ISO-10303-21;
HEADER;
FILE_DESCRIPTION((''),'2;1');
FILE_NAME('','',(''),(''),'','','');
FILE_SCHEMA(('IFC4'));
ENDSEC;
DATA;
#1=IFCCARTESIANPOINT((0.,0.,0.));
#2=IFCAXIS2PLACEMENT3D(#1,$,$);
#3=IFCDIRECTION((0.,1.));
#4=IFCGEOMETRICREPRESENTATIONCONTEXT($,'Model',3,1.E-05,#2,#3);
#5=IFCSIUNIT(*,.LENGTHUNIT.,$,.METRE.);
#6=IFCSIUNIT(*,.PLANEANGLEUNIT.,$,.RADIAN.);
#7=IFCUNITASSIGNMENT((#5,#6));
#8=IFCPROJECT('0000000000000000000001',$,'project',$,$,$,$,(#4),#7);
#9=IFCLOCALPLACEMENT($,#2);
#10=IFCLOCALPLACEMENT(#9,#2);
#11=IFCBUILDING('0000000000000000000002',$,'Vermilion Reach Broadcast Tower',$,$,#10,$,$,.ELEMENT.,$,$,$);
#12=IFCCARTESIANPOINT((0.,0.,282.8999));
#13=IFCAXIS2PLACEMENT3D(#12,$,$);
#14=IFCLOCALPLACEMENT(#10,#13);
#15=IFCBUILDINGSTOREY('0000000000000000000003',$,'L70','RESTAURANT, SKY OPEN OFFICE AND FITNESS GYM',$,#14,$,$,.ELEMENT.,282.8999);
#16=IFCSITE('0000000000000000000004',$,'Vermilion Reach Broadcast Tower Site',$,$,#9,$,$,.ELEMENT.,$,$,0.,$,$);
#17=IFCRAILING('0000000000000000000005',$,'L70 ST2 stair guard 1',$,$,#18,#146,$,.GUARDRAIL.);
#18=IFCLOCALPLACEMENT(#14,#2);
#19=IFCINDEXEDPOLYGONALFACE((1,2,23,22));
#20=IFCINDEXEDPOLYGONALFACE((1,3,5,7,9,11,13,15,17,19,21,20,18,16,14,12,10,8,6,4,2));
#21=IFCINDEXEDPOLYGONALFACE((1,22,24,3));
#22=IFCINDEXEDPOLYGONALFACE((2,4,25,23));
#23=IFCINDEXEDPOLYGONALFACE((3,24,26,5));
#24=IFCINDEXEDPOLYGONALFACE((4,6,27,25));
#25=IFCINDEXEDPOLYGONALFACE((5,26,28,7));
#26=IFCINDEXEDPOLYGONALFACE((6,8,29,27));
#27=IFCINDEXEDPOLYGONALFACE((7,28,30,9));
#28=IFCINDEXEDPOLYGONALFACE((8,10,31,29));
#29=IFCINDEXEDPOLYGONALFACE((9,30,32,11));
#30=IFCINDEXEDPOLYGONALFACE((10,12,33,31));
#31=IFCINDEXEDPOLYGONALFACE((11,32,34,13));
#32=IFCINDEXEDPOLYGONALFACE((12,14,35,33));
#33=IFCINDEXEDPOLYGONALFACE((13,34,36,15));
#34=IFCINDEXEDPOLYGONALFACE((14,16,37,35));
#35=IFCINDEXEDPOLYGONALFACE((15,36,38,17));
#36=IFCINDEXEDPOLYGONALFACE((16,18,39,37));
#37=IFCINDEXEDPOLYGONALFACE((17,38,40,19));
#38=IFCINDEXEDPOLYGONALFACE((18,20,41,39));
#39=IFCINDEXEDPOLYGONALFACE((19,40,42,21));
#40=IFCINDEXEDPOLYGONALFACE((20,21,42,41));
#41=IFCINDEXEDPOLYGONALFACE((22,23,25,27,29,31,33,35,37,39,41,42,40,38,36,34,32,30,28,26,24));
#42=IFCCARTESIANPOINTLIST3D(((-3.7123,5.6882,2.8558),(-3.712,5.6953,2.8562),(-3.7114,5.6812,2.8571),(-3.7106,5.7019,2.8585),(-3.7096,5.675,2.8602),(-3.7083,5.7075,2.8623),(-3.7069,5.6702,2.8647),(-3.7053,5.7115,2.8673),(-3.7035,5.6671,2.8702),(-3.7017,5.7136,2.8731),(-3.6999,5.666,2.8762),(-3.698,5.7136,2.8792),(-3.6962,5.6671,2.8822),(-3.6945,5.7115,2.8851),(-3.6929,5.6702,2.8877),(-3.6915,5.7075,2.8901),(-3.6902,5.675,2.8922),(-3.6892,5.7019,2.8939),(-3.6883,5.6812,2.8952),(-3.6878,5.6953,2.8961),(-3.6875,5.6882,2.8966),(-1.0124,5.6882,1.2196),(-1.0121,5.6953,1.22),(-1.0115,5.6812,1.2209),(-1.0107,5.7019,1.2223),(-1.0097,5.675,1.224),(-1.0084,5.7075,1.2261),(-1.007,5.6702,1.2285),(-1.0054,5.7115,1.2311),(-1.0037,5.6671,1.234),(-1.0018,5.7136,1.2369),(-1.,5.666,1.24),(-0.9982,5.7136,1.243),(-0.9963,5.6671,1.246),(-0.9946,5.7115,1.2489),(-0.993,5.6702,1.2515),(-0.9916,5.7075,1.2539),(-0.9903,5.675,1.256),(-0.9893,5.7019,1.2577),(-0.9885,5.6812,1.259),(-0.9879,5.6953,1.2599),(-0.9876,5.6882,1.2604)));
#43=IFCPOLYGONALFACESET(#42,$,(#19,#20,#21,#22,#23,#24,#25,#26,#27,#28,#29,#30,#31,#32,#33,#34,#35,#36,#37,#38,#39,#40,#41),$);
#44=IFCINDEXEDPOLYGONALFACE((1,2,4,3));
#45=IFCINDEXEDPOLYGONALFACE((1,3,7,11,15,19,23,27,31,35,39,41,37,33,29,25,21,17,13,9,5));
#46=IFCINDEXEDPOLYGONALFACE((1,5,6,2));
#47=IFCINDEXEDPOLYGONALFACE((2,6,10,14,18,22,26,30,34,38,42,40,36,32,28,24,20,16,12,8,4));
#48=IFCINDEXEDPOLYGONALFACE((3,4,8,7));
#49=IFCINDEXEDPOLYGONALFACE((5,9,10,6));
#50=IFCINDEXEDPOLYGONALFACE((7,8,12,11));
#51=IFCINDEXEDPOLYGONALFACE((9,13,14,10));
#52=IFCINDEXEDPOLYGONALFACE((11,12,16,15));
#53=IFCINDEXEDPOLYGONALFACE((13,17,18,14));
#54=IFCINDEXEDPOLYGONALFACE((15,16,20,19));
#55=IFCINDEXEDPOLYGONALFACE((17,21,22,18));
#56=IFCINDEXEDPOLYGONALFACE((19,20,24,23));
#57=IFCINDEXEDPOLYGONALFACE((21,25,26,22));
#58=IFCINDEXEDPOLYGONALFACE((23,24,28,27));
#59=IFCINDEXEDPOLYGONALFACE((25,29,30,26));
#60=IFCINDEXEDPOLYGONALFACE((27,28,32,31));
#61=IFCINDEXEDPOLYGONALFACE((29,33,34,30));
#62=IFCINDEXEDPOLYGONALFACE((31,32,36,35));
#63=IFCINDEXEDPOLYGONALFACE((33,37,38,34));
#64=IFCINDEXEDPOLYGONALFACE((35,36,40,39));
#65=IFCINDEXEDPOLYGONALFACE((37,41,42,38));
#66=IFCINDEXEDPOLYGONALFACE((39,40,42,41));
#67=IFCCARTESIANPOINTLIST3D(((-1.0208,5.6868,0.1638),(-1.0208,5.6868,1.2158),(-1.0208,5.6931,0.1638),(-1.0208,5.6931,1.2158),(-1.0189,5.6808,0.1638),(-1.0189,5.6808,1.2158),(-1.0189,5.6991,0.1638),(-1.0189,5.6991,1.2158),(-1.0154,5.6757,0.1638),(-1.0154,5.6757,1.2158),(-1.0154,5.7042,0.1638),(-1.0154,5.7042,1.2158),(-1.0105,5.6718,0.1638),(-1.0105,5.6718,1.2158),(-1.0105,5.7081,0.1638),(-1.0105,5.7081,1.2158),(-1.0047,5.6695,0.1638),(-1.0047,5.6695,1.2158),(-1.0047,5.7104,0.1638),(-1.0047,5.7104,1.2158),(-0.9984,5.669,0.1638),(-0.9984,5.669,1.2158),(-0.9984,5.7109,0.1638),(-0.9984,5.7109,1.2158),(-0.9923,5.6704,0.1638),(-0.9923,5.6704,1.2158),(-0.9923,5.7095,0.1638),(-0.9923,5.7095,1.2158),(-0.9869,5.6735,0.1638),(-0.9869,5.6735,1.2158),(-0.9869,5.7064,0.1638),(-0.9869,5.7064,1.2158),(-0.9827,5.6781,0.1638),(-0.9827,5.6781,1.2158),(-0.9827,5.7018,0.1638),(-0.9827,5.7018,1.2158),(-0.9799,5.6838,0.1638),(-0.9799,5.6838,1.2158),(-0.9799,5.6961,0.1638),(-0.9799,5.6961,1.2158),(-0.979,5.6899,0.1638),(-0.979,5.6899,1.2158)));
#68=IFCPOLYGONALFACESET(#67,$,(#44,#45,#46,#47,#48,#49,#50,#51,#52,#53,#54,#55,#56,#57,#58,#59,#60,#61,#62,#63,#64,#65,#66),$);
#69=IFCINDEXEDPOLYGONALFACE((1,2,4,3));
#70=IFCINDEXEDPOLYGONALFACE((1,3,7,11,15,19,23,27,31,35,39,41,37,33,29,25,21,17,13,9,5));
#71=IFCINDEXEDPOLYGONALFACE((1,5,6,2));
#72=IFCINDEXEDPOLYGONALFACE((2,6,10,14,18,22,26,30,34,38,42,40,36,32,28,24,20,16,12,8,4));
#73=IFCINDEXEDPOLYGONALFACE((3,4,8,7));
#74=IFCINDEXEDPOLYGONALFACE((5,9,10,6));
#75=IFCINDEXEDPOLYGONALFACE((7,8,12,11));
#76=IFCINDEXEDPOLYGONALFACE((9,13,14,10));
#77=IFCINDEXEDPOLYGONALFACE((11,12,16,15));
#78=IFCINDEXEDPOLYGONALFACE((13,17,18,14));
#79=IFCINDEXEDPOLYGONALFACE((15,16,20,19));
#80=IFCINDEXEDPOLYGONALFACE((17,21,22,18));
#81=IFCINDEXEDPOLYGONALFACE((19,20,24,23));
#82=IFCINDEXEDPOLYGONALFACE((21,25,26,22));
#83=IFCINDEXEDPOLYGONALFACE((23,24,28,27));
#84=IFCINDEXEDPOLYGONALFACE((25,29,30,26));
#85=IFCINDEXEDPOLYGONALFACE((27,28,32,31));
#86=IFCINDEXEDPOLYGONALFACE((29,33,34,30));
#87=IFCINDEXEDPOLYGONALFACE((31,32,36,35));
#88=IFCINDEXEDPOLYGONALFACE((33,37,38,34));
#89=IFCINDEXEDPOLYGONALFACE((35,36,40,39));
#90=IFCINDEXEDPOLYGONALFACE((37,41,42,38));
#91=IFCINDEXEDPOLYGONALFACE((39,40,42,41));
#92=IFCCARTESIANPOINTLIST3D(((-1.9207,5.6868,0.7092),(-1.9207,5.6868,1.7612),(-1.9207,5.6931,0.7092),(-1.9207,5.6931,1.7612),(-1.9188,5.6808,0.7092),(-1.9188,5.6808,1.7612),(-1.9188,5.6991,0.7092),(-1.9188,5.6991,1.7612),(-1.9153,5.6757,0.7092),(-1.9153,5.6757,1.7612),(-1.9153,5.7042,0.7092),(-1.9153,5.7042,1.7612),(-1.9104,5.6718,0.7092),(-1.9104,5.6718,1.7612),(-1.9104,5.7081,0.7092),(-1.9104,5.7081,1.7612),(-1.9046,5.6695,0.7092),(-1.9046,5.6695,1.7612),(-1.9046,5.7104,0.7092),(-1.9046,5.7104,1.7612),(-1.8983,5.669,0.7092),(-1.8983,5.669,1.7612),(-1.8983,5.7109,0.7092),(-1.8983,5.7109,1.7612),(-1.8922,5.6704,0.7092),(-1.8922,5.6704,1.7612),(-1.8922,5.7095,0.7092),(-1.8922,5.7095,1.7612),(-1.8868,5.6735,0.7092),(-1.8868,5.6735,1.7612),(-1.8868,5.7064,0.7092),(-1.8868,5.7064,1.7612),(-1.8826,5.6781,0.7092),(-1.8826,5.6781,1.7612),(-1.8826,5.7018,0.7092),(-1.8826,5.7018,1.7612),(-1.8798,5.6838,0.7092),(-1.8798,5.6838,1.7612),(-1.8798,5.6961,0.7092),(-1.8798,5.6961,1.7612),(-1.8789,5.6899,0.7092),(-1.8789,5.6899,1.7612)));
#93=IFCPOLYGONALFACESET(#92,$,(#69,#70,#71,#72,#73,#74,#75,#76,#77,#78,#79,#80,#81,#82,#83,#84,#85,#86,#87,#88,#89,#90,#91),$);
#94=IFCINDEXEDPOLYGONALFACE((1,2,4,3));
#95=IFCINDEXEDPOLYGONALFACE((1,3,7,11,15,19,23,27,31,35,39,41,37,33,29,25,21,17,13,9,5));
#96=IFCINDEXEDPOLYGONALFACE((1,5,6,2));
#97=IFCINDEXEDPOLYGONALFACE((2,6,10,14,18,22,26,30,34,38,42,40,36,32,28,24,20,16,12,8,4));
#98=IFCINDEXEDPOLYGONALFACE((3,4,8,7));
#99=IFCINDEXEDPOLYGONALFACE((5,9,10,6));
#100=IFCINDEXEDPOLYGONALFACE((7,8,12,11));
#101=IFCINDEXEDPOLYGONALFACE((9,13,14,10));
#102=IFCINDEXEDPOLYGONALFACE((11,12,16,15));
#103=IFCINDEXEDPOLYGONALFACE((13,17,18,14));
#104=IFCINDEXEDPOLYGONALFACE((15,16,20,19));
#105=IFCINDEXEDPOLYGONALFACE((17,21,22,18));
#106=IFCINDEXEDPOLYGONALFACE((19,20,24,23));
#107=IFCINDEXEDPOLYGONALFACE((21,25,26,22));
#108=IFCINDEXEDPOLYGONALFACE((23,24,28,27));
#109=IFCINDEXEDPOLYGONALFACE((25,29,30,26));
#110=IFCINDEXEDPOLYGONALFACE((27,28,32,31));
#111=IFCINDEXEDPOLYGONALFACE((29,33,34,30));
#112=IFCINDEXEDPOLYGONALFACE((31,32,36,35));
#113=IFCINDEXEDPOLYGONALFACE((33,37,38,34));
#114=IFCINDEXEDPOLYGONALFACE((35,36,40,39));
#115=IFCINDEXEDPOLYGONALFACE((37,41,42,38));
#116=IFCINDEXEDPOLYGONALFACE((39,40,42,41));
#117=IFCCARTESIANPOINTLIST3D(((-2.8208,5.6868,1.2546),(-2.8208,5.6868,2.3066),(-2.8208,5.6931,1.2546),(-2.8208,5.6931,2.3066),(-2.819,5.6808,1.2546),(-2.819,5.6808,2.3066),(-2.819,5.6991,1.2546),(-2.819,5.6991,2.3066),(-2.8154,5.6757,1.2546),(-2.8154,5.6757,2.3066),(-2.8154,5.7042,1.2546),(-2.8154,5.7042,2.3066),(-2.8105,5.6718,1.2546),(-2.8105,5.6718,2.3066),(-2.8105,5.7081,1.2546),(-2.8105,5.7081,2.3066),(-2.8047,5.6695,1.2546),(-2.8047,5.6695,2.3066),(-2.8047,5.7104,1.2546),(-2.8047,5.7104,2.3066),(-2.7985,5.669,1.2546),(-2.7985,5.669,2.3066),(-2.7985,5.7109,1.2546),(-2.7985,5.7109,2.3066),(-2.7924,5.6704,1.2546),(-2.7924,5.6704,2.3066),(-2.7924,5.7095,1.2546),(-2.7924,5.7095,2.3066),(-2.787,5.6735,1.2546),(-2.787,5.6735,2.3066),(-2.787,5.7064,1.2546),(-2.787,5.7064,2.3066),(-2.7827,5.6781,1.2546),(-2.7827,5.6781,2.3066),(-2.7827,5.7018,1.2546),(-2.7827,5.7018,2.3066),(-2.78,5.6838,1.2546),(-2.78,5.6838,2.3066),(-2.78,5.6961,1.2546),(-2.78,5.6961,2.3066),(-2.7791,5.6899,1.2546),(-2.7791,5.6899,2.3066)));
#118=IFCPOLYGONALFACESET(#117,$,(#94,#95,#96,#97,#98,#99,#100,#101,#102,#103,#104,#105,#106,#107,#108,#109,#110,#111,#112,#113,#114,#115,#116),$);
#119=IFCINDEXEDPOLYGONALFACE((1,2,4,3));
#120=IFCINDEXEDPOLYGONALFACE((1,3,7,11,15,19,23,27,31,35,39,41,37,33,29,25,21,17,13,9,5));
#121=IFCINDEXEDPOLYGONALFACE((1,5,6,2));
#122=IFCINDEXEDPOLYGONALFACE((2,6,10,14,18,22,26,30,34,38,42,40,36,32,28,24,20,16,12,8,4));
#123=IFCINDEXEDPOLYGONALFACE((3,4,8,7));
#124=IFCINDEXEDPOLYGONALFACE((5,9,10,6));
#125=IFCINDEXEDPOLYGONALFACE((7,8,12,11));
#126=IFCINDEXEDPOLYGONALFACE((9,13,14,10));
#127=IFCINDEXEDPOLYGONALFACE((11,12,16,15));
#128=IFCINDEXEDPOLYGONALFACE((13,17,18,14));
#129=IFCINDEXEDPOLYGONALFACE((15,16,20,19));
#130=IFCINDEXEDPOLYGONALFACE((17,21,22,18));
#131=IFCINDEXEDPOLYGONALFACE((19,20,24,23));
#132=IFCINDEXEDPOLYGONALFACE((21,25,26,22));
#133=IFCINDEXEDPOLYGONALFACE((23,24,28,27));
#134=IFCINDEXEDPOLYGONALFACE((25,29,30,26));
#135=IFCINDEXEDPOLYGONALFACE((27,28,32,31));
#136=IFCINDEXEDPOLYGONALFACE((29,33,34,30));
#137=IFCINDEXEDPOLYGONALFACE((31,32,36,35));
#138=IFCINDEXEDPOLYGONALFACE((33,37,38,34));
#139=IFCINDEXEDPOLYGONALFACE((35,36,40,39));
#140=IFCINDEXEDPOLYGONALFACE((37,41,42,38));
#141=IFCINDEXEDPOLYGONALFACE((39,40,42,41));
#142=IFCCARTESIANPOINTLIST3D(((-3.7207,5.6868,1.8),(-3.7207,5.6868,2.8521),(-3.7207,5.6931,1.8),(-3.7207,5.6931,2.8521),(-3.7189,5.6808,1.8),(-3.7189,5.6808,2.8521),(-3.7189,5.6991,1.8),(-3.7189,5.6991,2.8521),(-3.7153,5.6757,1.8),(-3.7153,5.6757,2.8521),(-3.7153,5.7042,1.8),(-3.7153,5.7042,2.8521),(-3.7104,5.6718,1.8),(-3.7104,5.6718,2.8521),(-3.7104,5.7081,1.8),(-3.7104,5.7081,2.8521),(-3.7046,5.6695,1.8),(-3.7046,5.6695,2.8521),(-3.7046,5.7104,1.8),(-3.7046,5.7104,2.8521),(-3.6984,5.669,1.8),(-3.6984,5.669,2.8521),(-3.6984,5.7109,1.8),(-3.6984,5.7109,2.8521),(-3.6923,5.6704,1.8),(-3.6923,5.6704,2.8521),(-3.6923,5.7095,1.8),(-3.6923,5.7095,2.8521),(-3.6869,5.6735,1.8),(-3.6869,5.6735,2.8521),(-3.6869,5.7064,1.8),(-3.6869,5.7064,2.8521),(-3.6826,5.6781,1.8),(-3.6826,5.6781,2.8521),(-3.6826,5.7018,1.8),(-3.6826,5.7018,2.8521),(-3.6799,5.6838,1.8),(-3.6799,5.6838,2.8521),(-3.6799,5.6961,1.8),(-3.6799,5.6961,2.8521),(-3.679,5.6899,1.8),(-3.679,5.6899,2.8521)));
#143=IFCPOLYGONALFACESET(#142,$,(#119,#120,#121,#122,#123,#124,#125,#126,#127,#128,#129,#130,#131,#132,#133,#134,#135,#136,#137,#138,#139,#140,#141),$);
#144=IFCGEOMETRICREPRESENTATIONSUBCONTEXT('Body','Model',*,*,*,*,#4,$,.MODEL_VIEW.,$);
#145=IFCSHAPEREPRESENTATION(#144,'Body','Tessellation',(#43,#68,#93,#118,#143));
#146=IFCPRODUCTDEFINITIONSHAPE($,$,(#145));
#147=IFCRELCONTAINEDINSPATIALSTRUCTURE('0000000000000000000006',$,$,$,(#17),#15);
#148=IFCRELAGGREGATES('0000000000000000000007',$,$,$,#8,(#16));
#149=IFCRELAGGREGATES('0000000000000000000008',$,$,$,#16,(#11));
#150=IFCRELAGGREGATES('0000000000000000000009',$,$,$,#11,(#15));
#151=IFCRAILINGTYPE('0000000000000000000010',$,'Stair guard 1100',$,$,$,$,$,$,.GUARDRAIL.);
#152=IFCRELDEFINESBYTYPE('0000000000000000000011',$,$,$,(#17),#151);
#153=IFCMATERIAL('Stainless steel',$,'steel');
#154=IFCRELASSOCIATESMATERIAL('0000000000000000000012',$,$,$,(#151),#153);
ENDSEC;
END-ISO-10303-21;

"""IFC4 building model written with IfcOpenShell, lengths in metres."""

from ifc_helpers import new_model, si_unit, direction, frame, origin, origin_2d, place, context, subcontext, project, spatial, circle, extrude, material, type_object, element, save


model = new_model("IFC4")

# Units and contexts
model_context = context("Model", 3, precision=1e-05, world=origin(), true_north=direction((0.0, 1.0)))
body_context = subcontext(model_context, "Body", "Model", "MODEL_VIEW")
ifc_project = project(units=[si_unit("LENGTHUNIT", "METRE"), si_unit("PLANEANGLEUNIT", "RADIAN")], contexts=[model_context])

# Site, building, storey
site_placement = place(None, origin())
site = spatial("IfcSite", under=ifc_project, at=site_placement, Name="Vermilion Reach Broadcast Tower Site", CompositionType="ELEMENT", RefElevation=0.0)
building_placement = place(site_placement, origin())
building = spatial("IfcBuilding", under=site, at=building_placement, Name="Vermilion Reach Broadcast Tower", CompositionType="ELEMENT")
storey_placement = place(building_placement, frame((0.0, 0.0, 282.8999)))
storey = spatial("IfcBuildingStorey", under=building, at=storey_placement, Name="L70", Description="RESTAURANT, SKY OPEN OFFICE AND FITNESS GYM", CompositionType="ELEMENT", Elevation=282.8999)

# Railing
ifc_material_1 = material(Name="Stainless steel", Category="steel")
railing_type_1 = type_object("IfcRailingType", Name="Stair guard 1100", PredefinedType="GUARDRAIL", material=ifc_material_1)
railing_1_placement = place(storey_placement, frame((-1.0, 5.6899, 0.1638)))
element("IfcRailing", 1, at=railing_1_placement, inside=storey, type_object=railing_type_1, Name="L70 ST2 stair guard 1", PredefinedType="GUARDRAIL", context=body_context, shape_type="SweptSolid", body=[
    extrude(circle(Radius=0.0239, at=origin_2d()), frame((0.0, 0.0, 1.0762), z_axis=(-0.855212, 0.0, 0.518278), x_axis=(0.0, -1.0, 0.0)), (0.0, 0.0, 1.0), 3.157),
    extrude(circle(Radius=0.021, at=origin_2d()), origin(), (0.0, 0.0, 1.0), 1.052),
    extrude(circle(Radius=0.021, at=origin_2d()), frame((-0.8999, 0.0, 0.5454)), (0.0, 0.0, 1.0), 1.052),
    extrude(circle(Radius=0.021, at=origin_2d()), frame((-1.8, 0.0, 1.0908)), (0.0, 0.0, 1.0), 1.052),
    extrude(circle(Radius=0.021, at=origin_2d()), frame((-2.7, 0.0, 1.6362)), (0.0, 0.0, 1.0), 1.052),
])

save(model, "model.ifc")
